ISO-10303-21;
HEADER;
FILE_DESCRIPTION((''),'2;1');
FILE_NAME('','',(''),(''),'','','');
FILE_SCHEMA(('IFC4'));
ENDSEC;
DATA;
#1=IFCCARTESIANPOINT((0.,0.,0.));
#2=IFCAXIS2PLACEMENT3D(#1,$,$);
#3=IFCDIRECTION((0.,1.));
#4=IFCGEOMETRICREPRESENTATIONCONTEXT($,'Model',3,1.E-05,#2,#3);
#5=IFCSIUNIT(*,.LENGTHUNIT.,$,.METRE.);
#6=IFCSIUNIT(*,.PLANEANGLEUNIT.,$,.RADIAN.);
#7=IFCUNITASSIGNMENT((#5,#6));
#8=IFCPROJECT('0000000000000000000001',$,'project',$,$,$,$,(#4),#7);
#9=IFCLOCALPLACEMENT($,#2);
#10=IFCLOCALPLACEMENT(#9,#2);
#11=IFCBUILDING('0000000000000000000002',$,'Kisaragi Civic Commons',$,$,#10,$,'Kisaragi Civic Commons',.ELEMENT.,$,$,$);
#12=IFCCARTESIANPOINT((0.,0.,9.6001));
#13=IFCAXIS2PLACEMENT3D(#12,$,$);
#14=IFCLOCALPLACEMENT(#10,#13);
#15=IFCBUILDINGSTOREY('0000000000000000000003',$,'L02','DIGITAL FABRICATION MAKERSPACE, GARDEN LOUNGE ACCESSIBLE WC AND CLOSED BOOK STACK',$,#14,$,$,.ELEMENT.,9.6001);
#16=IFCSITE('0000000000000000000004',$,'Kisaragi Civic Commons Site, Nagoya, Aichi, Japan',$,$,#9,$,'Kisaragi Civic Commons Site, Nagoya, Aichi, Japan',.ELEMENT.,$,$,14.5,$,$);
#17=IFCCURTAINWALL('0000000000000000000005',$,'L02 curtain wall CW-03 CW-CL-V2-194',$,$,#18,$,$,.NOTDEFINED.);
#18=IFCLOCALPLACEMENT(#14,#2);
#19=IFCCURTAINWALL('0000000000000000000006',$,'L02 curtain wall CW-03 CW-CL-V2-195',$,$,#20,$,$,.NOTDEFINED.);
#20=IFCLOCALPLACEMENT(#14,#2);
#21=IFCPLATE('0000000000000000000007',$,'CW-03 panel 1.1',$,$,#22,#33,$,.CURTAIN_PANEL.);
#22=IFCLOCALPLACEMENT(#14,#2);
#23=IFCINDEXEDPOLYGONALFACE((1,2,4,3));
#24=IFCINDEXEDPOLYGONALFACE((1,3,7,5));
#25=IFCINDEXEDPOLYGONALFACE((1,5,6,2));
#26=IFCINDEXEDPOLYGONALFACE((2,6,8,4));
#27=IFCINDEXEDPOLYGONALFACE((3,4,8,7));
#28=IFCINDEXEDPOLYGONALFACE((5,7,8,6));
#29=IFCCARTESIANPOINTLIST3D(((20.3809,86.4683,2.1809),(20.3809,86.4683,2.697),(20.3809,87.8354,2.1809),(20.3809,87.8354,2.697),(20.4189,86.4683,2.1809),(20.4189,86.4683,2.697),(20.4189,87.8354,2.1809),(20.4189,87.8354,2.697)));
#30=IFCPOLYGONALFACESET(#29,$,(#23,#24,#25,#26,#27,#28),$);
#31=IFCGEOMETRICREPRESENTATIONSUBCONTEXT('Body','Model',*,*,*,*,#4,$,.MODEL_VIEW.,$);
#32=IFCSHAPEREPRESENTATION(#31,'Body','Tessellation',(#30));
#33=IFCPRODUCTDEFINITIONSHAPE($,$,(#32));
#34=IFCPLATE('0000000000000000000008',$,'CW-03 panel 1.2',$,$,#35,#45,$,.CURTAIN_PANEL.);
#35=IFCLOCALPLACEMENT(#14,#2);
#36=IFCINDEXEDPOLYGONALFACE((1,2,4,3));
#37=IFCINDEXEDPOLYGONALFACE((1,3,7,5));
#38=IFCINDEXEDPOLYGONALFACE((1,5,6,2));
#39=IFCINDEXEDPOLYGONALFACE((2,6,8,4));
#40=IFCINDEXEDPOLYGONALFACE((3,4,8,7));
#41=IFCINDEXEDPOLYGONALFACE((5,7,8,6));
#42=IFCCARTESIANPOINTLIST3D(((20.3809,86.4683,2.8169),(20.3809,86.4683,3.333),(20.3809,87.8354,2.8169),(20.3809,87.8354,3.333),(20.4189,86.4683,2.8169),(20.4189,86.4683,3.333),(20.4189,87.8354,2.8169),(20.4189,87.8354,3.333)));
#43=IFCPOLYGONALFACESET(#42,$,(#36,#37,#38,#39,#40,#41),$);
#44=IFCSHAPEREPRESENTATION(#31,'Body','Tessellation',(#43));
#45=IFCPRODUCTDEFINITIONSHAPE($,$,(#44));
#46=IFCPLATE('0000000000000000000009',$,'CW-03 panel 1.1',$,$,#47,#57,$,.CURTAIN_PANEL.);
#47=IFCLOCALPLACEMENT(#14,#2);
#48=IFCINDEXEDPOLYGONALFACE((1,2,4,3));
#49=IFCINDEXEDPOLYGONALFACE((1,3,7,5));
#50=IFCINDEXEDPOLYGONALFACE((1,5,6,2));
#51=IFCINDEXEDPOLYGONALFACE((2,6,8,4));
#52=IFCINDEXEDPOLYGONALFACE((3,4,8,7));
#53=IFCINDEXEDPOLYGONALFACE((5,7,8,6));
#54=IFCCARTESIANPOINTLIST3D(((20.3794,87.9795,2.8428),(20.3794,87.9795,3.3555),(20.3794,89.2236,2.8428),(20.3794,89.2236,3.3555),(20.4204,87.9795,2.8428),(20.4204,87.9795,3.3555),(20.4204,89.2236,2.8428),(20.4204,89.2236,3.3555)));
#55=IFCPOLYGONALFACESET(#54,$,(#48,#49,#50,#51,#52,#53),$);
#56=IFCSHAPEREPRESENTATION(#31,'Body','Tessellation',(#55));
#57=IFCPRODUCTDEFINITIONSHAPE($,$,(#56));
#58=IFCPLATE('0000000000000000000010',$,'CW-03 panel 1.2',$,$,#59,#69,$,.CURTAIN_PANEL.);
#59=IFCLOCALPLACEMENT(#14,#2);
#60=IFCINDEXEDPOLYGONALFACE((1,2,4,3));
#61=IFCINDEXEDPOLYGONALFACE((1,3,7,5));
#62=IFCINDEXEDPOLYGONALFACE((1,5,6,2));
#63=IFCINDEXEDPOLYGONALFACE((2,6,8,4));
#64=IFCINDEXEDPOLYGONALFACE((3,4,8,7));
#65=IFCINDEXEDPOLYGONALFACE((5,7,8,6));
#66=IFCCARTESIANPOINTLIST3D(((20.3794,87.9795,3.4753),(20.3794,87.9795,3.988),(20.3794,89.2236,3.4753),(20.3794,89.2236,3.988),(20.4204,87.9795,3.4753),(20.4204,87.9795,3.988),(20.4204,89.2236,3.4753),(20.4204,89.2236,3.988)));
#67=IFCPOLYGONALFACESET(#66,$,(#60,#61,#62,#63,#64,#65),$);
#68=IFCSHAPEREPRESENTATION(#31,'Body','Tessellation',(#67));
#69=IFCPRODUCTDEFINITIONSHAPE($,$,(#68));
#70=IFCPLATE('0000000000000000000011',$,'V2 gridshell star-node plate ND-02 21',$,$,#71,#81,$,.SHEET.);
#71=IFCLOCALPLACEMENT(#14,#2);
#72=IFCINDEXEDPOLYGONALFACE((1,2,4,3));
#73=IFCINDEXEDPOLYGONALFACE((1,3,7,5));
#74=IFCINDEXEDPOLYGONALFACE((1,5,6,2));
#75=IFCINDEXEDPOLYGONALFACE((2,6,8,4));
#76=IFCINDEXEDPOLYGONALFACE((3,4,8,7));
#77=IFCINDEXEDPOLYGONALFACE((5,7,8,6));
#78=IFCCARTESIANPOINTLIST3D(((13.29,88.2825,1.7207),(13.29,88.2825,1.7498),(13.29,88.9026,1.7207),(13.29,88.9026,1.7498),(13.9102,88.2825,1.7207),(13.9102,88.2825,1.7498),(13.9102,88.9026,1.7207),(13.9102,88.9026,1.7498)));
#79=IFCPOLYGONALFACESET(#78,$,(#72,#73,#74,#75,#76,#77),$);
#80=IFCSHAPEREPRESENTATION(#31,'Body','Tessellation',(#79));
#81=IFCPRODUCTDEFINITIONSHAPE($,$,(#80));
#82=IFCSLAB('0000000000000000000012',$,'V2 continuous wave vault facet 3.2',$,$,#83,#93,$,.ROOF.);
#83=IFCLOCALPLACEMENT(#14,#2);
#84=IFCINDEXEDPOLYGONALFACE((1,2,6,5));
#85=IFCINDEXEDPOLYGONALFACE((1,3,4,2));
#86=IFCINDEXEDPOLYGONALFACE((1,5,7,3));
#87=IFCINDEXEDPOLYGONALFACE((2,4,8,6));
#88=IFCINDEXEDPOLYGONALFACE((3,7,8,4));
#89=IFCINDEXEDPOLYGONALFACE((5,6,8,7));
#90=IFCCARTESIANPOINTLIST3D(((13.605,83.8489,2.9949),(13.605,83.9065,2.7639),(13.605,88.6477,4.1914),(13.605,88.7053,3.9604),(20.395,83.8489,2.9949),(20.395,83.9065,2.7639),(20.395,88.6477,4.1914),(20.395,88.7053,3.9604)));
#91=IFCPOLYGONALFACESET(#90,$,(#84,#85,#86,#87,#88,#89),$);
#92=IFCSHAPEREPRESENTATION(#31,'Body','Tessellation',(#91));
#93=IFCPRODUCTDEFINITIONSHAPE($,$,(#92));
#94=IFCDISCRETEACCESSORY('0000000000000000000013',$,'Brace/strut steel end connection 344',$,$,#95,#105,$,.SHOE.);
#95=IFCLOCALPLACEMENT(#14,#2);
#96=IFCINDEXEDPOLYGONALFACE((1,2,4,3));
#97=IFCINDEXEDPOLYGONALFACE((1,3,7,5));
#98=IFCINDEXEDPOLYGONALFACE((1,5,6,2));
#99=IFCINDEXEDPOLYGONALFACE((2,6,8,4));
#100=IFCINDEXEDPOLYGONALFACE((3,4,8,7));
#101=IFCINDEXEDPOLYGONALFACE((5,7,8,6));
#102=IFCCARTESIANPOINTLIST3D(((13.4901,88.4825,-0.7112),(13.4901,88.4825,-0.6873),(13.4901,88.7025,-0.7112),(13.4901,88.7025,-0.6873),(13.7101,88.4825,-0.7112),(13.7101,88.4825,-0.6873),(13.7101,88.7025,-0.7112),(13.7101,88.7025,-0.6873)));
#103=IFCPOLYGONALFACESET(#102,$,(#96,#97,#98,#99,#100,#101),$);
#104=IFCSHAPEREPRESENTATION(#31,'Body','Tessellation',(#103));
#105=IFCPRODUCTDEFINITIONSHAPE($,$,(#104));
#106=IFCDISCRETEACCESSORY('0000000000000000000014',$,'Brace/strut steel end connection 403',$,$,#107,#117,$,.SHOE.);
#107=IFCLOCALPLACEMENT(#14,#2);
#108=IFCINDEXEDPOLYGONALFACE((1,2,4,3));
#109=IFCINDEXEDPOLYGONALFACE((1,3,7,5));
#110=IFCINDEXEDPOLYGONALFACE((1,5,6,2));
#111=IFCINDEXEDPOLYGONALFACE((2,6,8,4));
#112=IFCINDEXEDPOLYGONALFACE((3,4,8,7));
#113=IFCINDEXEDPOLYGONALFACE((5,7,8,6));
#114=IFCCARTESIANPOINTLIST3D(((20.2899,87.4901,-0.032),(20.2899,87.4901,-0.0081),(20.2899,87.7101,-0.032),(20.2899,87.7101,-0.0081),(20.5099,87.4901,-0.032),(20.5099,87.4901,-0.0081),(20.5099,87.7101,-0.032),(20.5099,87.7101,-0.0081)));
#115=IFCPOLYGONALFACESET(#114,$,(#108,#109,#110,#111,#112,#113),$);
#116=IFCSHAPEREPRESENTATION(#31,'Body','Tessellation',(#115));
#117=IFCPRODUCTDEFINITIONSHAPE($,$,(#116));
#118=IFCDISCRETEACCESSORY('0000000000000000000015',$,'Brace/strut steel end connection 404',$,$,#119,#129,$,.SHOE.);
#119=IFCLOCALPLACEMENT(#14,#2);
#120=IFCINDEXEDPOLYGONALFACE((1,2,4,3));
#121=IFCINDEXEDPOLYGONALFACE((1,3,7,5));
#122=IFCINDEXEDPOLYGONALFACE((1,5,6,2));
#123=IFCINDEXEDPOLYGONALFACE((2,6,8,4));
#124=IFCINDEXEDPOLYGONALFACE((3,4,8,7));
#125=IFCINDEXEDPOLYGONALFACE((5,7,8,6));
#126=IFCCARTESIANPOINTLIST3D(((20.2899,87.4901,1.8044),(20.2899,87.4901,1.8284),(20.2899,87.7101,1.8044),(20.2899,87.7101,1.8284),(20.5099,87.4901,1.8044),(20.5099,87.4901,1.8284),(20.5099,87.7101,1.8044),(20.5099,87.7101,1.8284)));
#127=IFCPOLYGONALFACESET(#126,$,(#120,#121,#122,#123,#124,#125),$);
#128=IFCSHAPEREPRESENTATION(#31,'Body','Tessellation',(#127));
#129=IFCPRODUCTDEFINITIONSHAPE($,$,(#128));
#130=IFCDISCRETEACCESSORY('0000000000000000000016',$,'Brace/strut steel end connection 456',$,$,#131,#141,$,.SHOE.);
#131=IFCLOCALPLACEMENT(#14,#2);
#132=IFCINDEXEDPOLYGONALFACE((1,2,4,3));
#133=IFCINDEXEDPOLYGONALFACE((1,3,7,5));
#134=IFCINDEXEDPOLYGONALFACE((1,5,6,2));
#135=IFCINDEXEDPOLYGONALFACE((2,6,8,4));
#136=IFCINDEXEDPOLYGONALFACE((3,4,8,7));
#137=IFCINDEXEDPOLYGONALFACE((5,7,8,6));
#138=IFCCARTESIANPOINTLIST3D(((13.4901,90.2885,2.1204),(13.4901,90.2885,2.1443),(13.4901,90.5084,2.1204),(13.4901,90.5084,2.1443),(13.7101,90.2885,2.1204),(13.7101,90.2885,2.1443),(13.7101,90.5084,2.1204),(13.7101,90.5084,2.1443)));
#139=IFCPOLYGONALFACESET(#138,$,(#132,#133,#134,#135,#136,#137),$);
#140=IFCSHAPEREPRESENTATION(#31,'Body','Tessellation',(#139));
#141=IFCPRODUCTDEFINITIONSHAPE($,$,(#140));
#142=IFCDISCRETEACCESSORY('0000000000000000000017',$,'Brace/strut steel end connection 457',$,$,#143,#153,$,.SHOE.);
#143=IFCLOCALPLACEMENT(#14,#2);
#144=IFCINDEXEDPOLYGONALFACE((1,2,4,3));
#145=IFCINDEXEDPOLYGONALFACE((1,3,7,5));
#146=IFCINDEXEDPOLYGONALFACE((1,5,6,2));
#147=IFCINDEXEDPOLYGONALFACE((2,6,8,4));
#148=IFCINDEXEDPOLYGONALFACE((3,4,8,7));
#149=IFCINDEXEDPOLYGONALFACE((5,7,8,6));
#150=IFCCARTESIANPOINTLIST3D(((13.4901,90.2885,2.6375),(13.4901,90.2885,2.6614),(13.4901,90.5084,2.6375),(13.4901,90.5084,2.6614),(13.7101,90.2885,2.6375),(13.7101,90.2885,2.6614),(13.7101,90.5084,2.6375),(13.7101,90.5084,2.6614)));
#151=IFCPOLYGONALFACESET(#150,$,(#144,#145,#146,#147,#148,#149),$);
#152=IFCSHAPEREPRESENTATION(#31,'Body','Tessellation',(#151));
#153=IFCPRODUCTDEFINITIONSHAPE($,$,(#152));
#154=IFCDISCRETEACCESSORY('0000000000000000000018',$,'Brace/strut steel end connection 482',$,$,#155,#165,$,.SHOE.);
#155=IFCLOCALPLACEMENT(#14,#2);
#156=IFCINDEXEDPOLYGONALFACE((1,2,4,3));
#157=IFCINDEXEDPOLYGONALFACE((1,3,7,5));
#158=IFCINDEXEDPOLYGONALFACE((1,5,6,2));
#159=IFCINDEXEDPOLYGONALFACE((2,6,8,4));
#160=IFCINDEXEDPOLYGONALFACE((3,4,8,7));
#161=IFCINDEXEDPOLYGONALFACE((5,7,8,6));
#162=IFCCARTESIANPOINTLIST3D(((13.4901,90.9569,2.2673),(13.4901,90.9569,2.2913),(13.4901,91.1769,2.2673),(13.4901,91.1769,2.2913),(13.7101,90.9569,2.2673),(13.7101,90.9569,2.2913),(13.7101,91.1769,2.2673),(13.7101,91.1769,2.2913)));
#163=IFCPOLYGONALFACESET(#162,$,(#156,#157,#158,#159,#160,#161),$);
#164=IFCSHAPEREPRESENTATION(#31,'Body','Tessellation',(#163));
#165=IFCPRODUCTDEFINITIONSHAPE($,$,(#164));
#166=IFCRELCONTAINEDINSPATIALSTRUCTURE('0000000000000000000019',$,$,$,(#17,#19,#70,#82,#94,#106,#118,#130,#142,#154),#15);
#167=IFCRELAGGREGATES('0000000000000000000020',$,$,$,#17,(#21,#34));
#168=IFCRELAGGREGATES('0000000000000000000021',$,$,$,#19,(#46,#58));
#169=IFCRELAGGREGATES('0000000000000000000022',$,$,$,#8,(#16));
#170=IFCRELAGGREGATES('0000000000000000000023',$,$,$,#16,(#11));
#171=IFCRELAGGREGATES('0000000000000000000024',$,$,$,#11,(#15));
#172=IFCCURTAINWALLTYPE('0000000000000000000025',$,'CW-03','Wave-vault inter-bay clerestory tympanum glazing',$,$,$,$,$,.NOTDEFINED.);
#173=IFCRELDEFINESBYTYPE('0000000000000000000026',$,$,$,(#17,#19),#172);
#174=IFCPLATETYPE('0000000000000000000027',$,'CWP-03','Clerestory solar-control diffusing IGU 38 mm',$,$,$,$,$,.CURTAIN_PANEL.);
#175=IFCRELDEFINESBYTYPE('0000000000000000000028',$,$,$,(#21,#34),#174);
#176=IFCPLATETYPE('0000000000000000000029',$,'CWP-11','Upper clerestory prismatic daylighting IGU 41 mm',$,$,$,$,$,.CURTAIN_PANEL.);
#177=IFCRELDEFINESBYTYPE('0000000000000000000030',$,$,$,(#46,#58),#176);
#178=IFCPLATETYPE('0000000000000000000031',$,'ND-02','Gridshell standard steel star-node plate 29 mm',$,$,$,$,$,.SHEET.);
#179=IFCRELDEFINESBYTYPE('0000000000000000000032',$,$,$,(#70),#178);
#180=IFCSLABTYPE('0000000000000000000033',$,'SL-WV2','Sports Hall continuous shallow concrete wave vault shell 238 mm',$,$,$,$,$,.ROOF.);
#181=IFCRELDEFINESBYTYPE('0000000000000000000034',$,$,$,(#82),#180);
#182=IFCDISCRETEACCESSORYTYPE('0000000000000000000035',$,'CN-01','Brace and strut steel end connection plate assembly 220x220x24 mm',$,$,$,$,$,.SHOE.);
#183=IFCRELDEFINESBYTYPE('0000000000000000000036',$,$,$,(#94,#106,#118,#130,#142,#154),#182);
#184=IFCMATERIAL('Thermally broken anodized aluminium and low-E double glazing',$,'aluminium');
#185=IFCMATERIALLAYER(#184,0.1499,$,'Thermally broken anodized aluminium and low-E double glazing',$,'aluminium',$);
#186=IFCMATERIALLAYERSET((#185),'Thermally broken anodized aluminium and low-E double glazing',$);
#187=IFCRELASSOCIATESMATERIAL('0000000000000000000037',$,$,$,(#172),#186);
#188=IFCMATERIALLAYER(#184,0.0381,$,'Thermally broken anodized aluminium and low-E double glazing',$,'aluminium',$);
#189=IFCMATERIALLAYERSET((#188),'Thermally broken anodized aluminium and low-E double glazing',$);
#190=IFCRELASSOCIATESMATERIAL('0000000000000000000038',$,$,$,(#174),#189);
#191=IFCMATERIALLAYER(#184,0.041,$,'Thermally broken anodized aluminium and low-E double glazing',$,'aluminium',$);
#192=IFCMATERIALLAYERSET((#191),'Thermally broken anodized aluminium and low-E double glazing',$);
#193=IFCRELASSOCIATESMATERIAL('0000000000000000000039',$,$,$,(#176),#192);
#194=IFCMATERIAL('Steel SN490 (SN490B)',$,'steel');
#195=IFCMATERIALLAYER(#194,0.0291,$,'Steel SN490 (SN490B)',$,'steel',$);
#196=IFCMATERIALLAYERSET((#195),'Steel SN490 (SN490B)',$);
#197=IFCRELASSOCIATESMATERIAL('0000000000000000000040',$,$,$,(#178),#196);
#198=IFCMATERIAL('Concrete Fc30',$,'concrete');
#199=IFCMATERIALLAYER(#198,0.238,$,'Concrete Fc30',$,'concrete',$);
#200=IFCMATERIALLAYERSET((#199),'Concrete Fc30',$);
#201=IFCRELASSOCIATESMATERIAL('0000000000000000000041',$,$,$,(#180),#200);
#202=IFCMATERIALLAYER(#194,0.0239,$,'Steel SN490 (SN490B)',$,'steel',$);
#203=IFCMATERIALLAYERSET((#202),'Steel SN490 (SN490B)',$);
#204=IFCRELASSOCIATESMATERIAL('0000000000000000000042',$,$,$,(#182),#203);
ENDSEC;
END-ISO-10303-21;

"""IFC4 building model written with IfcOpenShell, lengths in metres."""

from ifc_helpers import new_model, si_unit, direction, frame, origin, origin_2d, place, context, subcontext, project, spatial, polyline, rectangle, outline, extrude, material, layer, layer_set, type_object, element, aggregate, save


model = new_model("IFC4")

# Units and contexts
model_context = context("Model", 3, precision=1e-05, world=origin(), true_north=direction((0.0, 1.0)))
body_context = subcontext(model_context, "Body", "Model", "MODEL_VIEW")
ifc_project = project(units=[si_unit("LENGTHUNIT", "METRE"), si_unit("PLANEANGLEUNIT", "RADIAN")], contexts=[model_context])

# Site, building, storey
site_placement = place(None, origin())
site = spatial("IfcSite", under=ifc_project, at=site_placement, Name="Kisaragi Civic Commons Site, Nagoya, Aichi, Japan", LongName="Kisaragi Civic Commons Site, Nagoya, Aichi, Japan", CompositionType="ELEMENT", RefElevation=14.5)
building_placement = place(site_placement, origin())
building = spatial("IfcBuilding", under=site, at=building_placement, Name="Kisaragi Civic Commons", LongName="Kisaragi Civic Commons", CompositionType="ELEMENT")
storey_placement = place(building_placement, frame((0.0, 0.0, 9.6001)))
storey = spatial("IfcBuildingStorey", under=building, at=storey_placement, Name="L02", Description="DIGITAL FABRICATION MAKERSPACE, GARDEN LOUNGE ACCESSIBLE WC AND CLOSED BOOK STACK", CompositionType="ELEMENT", Elevation=9.6001)

# Shared definitions
ifc_material_1 = material(Name="Thermally broken anodized aluminium and low-E double glazing", Category="aluminium")
ifc_layer_1 = layer(ifc_material_1, 0.1499, Name="Thermally broken anodized aluminium and low-E double glazing", Category="aluminium")
ifc_layer_set_1 = layer_set([ifc_layer_1], Name="Thermally broken anodized aluminium and low-E double glazing")
curtain_wall_type = type_object("IfcCurtainWallType", Name="CW-03", Description="Wave-vault inter-bay clerestory tympanum glazing", PredefinedType="NOTDEFINED", material=ifc_layer_set_1)

# Curtain walls
curtain_wall_1_placement = place(storey_placement, origin())
curtain_wall_1 = element("IfcCurtainWall", 1, at=curtain_wall_1_placement, inside=storey, type_object=curtain_wall_type, Name="L02 curtain wall CW-03 CW-CL-V2-194", PredefinedType="NOTDEFINED")
curtain_wall_2_placement = place(storey_placement, origin())
curtain_wall_2 = element("IfcCurtainWall", 2, at=curtain_wall_2_placement, inside=storey, type_object=curtain_wall_type, Name="L02 curtain wall CW-03 CW-CL-V2-195", PredefinedType="NOTDEFINED")

# Shared definitions
ifc_material_2 = material(Name="Steel SN490 (SN490B)", Category="steel")

# Plates
ifc_layer_2 = layer(ifc_material_1, 0.0381, Name="Thermally broken anodized aluminium and low-E double glazing", Category="aluminium")
ifc_layer_set_2 = layer_set([ifc_layer_2], Name="Thermally broken anodized aluminium and low-E double glazing")
plate_type_1 = type_object("IfcPlateType", Name="CWP-03", Description="Clerestory solar-control diffusing IGU 38 mm", PredefinedType="CURTAIN_PANEL", material=ifc_layer_set_2)
plate_1_placement = place(storey_placement, frame((20.3999, 87.1519, 2.1809), z_axis=(0.0, 0.0, 1.0), x_axis=(0.0, 1.0, 0.0)))
plate_1 = element("IfcPlate", 3, at=plate_1_placement, type_object=plate_type_1, Name="CW-03 panel 1.1", PredefinedType="CURTAIN_PANEL", context=body_context, shape_type="SweptSolid", body=[
    extrude(rectangle(XDim=1.3672, YDim=0.0381, at=origin_2d()), origin(), (0.0, 0.0, 1.0), 0.5161),
])
plate_2_placement = place(storey_placement, frame((20.3999, 87.1519, 2.8169), z_axis=(0.0, 0.0, 1.0), x_axis=(0.0, 1.0, 0.0)))
plate_2 = element("IfcPlate", 4, at=plate_2_placement, type_object=plate_type_1, Name="CW-03 panel 1.2", PredefinedType="CURTAIN_PANEL", context=body_context, shape_type="SweptSolid", body=[
    extrude(rectangle(XDim=1.3672, YDim=0.0381, at=origin_2d()), origin(), (0.0, 0.0, 1.0), 0.5161),
])
aggregate(curtain_wall_1, [plate_1, plate_2])
ifc_layer_3 = layer(ifc_material_1, 0.041, Name="Thermally broken anodized aluminium and low-E double glazing", Category="aluminium")
ifc_layer_set_3 = layer_set([ifc_layer_3], Name="Thermally broken anodized aluminium and low-E double glazing")
plate_type_2 = type_object("IfcPlateType", Name="CWP-11", Description="Upper clerestory prismatic daylighting IGU 41 mm", PredefinedType="CURTAIN_PANEL", material=ifc_layer_set_3)
plate_3_placement = place(storey_placement, frame((20.3999, 88.6016, 2.8428), z_axis=(0.0, 0.0, 1.0), x_axis=(0.0, 1.0, 0.0)))
plate_3 = element("IfcPlate", 5, at=plate_3_placement, type_object=plate_type_2, Name="CW-03 panel 1.1", PredefinedType="CURTAIN_PANEL", context=body_context, shape_type="SweptSolid", body=[
    extrude(rectangle(XDim=1.2441, YDim=0.041, at=origin_2d()), origin(), (0.0, 0.0, 1.0), 0.5127),
])
plate_4_placement = place(storey_placement, frame((20.3999, 88.6016, 3.4753), z_axis=(0.0, 0.0, 1.0), x_axis=(0.0, 1.0, 0.0)))
plate_4 = element("IfcPlate", 6, at=plate_4_placement, type_object=plate_type_2, Name="CW-03 panel 1.2", PredefinedType="CURTAIN_PANEL", context=body_context, shape_type="SweptSolid", body=[
    extrude(rectangle(XDim=1.2441, YDim=0.041, at=origin_2d()), origin(), (0.0, 0.0, 1.0), 0.5127),
])
aggregate(curtain_wall_2, [plate_3, plate_4])
ifc_layer_4 = layer(ifc_material_2, 0.0291, Name="Steel SN490 (SN490B)", Category="steel")
ifc_layer_set_4 = layer_set([ifc_layer_4], Name="Steel SN490 (SN490B)")
plate_type_3 = type_object("IfcPlateType", Name="ND-02", Description="Gridshell standard steel star-node plate 29 mm", PredefinedType="SHEET", material=ifc_layer_set_4)
plate_5_placement = place(storey_placement, frame((13.6001, 88.5925, 1.7207), z_axis=(0.0, 0.0, 1.0), x_axis=(1.0, 0.0, 0.0)))
element("IfcPlate", 7, at=plate_5_placement, inside=storey, type_object=plate_type_3, Name="V2 gridshell star-node plate ND-02 21", PredefinedType="SHEET", context=body_context, shape_type="SweptSolid", body=[
    extrude(rectangle(XDim=0.6201, YDim=0.6201, at=origin_2d()), origin(), (0.0, 0.0, 1.0), 0.0291),
])

# Slab
ifc_material_3 = material(Name="Concrete Fc30", Category="concrete")
ifc_layer_5 = layer(ifc_material_3, 0.238, Name="Concrete Fc30", Category="concrete")
ifc_layer_set_5 = layer_set([ifc_layer_5], Name="Concrete Fc30")
slab_type = type_object("IfcSlabType", Name="SL-WV2", Description="Sports Hall continuous shallow concrete wave vault shell 238 mm", PredefinedType="ROOF", material=ifc_layer_set_5)
slab_placement = place(storey_placement, frame((20.395, 88.6477, 4.1914), z_axis=(0.0, -0.241932, 0.970293), x_axis=(-1.0, 0.0, 0.0)))
element("IfcSlab", 8, at=slab_placement, inside=storey, type_object=slab_type, Name="V2 continuous wave vault facet 3.2", PredefinedType="ROOF", context=body_context, shape_type="SweptSolid", body=[
    extrude(outline(polyline([(0.0, 0.0), (6.79, 0.0), (6.79, 4.9458), (0.0, 4.9458), (0.0, 0.0)])), origin(), (0.0, 0.0, -1.0), 0.238),
])

# Discrete accessories
ifc_layer_6 = layer(ifc_material_2, 0.0239, Name="Steel SN490 (SN490B)", Category="steel")
ifc_layer_set_6 = layer_set([ifc_layer_6], Name="Steel SN490 (SN490B)")
discrete_accessory_type = type_object("IfcDiscreteAccessoryType", Name="CN-01", Description="Brace and strut steel end connection plate assembly 220x220x24 mm", PredefinedType="SHOE", material=ifc_layer_set_6)
for number, where, z_axis, x_axis, name in (
    (9, (13.6001, 88.5925, -0.7112), (0.0, 0.0, 1.0), (1.0, 0.0, 0.0), "Brace/strut steel end connection 344"),
    (10, (20.3999, 87.6001, -0.032), (0.0, 0.0, 1.0), (1.0, 0.0, 0.0), "Brace/strut steel end connection 403"),
    (11, (20.3999, 87.6001, 1.8044), (0.0, 0.0, 1.0), (1.0, 0.0, 0.0), "Brace/strut steel end connection 404"),
    (12, (13.6001, 90.3984, 2.1204), (0.0, 0.0, 1.0), (1.0, 0.0, 0.0), "Brace/strut steel end connection 456"),
    (13, (13.6001, 90.3984, 2.6375), (0.0, 0.0, 1.0), (1.0, 0.0, 0.0), "Brace/strut steel end connection 457"),
    (14, (13.6001, 91.0669, 2.2673), (0.0, 0.0, 1.0), (1.0, 0.0, 0.0), "Brace/strut steel end connection 482"),
):
    element("IfcDiscreteAccessory", number, at=place(storey_placement, frame(where, z_axis=z_axis, x_axis=x_axis)), inside=storey, type_object=discrete_accessory_type, Name=name, PredefinedType="SHOE", context=body_context, shape_type="SweptSolid", body=[
        extrude(rectangle(XDim=0.22, YDim=0.22, at=origin_2d()), origin(), (0.0, 0.0, 1.0), 0.0239),
    ])

save(model, "model.ifc")
